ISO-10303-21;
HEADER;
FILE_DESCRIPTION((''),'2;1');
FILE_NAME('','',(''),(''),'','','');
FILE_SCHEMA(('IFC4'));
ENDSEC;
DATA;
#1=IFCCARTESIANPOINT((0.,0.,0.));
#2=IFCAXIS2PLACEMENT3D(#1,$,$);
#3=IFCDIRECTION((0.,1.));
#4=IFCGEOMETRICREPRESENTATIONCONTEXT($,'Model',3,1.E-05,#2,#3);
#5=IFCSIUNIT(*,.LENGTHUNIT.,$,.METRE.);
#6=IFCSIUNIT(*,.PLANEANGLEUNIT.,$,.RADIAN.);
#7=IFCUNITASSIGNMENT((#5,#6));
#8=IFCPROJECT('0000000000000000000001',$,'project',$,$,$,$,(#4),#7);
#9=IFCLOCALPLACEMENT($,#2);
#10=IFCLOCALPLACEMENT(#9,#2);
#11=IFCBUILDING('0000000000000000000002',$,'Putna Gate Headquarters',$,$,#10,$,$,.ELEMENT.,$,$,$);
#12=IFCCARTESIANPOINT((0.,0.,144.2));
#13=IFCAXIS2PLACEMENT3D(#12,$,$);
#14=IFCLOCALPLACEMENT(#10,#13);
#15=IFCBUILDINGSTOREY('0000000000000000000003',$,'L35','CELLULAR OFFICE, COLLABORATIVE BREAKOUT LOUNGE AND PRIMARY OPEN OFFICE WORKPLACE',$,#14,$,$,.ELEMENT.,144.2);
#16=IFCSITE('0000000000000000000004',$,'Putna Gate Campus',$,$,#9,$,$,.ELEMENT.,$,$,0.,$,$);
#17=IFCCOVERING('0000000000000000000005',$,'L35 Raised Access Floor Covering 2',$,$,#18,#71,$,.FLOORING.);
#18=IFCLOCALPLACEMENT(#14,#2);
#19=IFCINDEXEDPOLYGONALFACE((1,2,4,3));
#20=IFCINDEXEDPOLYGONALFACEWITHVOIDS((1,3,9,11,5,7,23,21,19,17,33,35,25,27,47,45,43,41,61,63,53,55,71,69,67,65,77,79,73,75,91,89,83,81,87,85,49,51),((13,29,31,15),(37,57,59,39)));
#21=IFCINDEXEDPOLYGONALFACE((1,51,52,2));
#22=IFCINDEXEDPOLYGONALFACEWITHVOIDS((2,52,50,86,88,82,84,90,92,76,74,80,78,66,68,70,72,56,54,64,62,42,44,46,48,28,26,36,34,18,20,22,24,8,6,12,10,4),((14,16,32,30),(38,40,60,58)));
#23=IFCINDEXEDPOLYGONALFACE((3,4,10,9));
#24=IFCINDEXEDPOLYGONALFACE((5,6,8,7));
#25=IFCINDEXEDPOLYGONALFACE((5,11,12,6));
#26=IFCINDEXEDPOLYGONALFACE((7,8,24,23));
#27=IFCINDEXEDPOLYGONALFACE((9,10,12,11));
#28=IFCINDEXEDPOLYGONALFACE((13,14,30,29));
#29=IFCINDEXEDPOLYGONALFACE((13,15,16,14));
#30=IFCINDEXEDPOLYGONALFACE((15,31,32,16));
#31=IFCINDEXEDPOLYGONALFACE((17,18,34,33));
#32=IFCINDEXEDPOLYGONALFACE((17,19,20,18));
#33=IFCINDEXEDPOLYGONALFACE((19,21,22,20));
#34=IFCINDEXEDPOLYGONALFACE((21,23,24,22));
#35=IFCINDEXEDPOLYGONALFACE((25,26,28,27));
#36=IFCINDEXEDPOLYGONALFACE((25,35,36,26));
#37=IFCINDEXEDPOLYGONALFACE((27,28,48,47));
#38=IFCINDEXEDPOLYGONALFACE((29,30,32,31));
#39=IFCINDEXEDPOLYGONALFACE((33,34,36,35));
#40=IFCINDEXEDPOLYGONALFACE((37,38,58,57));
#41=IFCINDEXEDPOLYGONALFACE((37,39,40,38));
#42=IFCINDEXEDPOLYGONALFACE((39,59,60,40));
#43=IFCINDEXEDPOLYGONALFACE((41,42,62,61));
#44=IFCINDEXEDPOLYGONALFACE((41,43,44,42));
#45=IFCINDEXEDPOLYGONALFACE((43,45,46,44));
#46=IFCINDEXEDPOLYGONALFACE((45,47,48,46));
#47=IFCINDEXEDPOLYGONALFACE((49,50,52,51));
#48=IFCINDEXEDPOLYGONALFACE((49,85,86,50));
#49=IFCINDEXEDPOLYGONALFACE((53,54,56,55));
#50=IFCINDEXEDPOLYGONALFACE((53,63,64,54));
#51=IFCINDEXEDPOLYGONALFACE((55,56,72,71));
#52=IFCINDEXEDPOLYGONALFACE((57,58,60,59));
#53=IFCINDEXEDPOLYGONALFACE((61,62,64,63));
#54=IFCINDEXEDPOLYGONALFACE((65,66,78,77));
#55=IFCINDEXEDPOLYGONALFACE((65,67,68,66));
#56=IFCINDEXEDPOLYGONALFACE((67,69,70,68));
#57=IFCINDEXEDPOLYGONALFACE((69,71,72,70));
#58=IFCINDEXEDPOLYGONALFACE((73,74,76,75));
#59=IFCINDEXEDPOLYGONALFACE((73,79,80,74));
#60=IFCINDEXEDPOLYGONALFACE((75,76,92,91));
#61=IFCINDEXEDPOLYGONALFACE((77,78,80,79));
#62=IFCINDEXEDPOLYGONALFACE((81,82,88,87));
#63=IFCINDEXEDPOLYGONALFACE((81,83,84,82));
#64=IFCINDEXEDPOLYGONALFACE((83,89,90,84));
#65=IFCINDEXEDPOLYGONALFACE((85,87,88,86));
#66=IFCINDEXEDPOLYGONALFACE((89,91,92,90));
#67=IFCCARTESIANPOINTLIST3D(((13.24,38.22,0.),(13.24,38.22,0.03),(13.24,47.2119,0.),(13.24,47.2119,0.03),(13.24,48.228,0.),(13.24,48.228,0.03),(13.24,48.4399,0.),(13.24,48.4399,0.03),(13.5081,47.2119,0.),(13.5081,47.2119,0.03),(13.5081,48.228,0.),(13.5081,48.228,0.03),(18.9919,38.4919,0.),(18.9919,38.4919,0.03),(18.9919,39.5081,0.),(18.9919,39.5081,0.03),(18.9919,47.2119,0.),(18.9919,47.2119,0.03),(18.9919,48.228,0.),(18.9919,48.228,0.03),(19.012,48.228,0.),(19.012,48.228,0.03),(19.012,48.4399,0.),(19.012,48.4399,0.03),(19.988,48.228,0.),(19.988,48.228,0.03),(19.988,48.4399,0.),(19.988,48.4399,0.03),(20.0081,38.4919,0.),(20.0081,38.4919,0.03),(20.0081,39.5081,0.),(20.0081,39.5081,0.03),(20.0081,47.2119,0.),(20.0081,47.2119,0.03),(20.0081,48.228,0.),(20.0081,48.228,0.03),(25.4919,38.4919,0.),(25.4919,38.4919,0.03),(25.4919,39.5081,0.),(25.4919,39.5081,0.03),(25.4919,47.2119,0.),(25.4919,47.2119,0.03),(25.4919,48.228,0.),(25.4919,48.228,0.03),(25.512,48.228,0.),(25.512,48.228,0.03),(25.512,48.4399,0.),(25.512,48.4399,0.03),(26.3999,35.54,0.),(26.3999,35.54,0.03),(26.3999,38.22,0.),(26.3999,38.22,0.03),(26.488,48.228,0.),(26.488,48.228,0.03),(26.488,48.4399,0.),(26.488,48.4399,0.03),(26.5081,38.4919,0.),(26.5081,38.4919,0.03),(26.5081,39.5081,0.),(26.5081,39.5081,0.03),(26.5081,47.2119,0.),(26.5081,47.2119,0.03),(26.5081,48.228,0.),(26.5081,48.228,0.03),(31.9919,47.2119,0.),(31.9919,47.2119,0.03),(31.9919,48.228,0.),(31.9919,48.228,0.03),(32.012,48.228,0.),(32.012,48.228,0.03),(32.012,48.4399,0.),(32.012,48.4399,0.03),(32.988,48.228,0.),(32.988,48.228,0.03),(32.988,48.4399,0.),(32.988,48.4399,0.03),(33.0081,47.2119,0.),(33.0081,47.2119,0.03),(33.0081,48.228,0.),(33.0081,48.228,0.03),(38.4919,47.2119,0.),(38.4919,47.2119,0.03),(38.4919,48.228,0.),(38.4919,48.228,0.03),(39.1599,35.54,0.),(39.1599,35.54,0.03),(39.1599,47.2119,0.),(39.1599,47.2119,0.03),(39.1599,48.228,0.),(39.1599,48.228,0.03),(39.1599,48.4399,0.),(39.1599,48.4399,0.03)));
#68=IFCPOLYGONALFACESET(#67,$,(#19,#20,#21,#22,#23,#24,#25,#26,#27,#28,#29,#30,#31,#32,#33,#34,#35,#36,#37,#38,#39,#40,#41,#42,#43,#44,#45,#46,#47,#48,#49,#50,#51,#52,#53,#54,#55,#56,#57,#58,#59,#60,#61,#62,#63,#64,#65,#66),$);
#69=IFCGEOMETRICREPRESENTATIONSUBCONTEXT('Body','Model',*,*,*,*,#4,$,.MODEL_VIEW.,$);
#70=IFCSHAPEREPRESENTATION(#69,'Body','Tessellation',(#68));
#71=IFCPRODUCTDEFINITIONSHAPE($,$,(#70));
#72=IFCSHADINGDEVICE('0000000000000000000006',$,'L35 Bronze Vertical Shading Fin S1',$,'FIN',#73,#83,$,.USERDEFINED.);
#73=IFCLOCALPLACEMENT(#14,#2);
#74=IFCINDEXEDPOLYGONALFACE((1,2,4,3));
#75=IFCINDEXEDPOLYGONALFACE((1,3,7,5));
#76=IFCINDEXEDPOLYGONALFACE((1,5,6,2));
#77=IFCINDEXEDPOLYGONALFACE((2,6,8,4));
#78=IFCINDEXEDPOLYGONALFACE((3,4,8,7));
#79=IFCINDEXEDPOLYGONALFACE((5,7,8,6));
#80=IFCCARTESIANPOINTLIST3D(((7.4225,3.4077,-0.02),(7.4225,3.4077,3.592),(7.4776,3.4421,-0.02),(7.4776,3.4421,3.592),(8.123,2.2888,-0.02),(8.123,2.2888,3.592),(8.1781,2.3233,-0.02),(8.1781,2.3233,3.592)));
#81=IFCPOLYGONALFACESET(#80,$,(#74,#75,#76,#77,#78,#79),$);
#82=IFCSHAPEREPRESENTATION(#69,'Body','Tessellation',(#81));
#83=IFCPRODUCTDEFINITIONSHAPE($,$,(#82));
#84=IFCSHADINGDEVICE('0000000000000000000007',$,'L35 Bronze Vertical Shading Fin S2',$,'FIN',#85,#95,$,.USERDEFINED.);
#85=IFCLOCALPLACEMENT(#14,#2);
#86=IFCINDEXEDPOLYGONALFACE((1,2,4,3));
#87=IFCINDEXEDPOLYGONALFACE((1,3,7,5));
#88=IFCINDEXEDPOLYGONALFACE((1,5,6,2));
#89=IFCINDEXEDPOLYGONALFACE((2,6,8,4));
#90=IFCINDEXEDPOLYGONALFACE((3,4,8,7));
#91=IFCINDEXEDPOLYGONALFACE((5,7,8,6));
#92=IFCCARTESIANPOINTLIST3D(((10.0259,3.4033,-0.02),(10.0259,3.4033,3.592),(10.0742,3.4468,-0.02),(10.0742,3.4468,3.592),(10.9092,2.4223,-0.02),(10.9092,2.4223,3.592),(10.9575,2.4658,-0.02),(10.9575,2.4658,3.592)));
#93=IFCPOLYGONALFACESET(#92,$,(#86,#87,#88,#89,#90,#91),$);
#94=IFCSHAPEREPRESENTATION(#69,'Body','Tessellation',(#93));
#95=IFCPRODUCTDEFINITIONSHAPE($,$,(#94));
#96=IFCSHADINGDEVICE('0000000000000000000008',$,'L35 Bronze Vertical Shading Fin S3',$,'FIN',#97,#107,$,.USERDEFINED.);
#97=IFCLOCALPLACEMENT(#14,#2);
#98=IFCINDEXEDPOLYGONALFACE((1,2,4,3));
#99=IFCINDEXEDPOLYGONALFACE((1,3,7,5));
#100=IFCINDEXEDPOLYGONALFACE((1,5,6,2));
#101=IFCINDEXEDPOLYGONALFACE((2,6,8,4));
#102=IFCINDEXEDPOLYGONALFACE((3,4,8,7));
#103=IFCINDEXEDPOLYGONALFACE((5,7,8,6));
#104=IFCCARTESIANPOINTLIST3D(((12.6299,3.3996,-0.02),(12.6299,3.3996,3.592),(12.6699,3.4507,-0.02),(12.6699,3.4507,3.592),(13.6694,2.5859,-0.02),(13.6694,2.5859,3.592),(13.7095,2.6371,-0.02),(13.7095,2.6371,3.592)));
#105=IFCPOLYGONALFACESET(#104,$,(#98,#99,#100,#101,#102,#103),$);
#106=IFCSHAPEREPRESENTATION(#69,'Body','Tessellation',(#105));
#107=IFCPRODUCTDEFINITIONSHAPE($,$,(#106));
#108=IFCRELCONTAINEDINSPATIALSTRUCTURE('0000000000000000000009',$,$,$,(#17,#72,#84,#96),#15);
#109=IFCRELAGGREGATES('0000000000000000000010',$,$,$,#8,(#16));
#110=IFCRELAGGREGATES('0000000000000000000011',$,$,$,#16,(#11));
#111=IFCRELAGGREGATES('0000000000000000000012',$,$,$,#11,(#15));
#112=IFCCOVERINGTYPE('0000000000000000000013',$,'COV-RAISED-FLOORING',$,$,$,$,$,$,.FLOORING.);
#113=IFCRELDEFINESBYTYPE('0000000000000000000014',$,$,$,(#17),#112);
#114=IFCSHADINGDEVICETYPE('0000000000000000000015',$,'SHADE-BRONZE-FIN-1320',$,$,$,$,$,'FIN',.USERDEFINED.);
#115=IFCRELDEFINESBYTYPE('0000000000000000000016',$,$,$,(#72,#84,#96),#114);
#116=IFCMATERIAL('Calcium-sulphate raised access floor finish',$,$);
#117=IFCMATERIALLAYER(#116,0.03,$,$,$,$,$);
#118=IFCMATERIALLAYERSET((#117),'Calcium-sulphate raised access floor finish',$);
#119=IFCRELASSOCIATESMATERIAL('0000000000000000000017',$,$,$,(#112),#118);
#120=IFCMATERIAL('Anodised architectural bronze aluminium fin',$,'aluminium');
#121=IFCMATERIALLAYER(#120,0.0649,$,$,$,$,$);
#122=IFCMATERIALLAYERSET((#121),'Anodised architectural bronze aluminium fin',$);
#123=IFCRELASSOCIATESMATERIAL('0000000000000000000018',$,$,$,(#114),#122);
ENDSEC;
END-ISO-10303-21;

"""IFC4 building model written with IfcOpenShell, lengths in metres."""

from ifc_helpers import new_model, si_unit, direction, frame, origin, origin_2d, place, context, subcontext, project, spatial, polyline, rectangle, outline, extrude, material, layer, layer_set, type_object, element, save


model = new_model("IFC4")

# Units and contexts
model_context = context("Model", 3, precision=1e-05, world=origin(), true_north=direction((0.0, 1.0)))
body_context = subcontext(model_context, "Body", "Model", "MODEL_VIEW")
ifc_project = project(units=[si_unit("LENGTHUNIT", "METRE"), si_unit("PLANEANGLEUNIT", "RADIAN")], contexts=[model_context])

# Site, building, storey
site_placement = place(None, origin())
site = spatial("IfcSite", under=ifc_project, at=site_placement, Name="Putna Gate Campus", CompositionType="ELEMENT", RefElevation=0.0)
building_placement = place(site_placement, origin())
building = spatial("IfcBuilding", under=site, at=building_placement, Name="Putna Gate Headquarters", CompositionType="ELEMENT")
storey_placement = place(building_placement, frame((0.0, 0.0, 144.2)))
storey = spatial("IfcBuildingStorey", under=building, at=storey_placement, Name="L35", Description="CELLULAR OFFICE, COLLABORATIVE BREAKOUT LOUNGE AND PRIMARY OPEN OFFICE WORKPLACE", CompositionType="ELEMENT", Elevation=144.2)

# Covering
ifc_material_1 = material(Name="Calcium-sulphate raised access floor finish")
ifc_layer_1 = layer(ifc_material_1, 0.03)
ifc_layer_set_1 = layer_set([ifc_layer_1], Name="Calcium-sulphate raised access floor finish")
covering_type_1 = type_object("IfcCoveringType", Name="COV-RAISED-FLOORING", PredefinedType="FLOORING", material=ifc_layer_set_1)
covering_1_placement = place(storey_placement, origin())
element("IfcCovering", 1, at=covering_1_placement, inside=storey, type_object=covering_type_1, Name="L35 Raised Access Floor Covering 2", PredefinedType="FLOORING", context=body_context, shape_type="SweptSolid", body=[
    extrude(outline(polyline([(13.24, 48.228), (13.5081, 48.228), (13.5081, 47.2119), (13.24, 47.2119), (13.24, 38.22), (26.3999, 38.22), (26.3999, 35.54), (39.1599, 35.54), (39.1599, 47.2119), (38.4919, 47.2119), (38.4919, 48.228), (39.1599, 48.228), (39.1599, 48.4399), (32.988, 48.4399), (32.988, 48.228), (33.0081, 48.228), (33.0081, 47.2119), (31.9919, 47.2119), (31.9919, 48.228), (32.012, 48.228), (32.012, 48.4399), (26.488, 48.4399), (26.488, 48.228), (26.5081, 48.228), (26.5081, 47.2119), (25.4919, 47.2119), (25.4919, 48.228), (25.512, 48.228), (25.512, 48.4399), (19.988, 48.4399), (19.988, 48.228), (20.0081, 48.228), (20.0081, 47.2119), (18.9919, 47.2119), (18.9919, 48.228), (19.012, 48.228), (19.012, 48.4399), (13.24, 48.4399), (13.24, 48.228)]), holes=[polyline([(20.0081, 38.4919), (20.0081, 39.5081), (18.9919, 39.5081), (18.9919, 38.4919), (20.0081, 38.4919)]), polyline([(26.5081, 38.4919), (26.5081, 39.5081), (25.4919, 39.5081), (25.4919, 38.4919), (26.5081, 38.4919)])]), origin(), (0.0, 0.0, 1.0), 0.03),
])

# Shading devices
ifc_material_2 = material(Name="Anodised architectural bronze aluminium fin", Category="aluminium")
ifc_layer_2 = layer(ifc_material_2, 0.0649)
ifc_layer_set_2 = layer_set([ifc_layer_2], Name="Anodised architectural bronze aluminium fin")
shading_device_type = type_object("IfcShadingDeviceType", Name="SHADE-BRONZE-FIN-1320", ElementType="FIN", PredefinedType="USERDEFINED", material=ifc_layer_set_2)
for number, where, z_axis, x_axis, name in (
    (2, (7.8003, 2.8655, -0.02), (0.0, 0.0, 1.0), (0.530659, -0.847585, 0.0), "L35 Bronze Vertical Shading Fin S1"),
    (3, (10.4917, 2.9346, -0.02), (0.0, 0.0, 1.0), (0.669131, -0.743145, 0.0), "L35 Bronze Vertical Shading Fin S2"),
    (4, (13.1697, 3.0183, -0.02), (0.0, 0.0, 1.0), (0.787473, -0.616349, 0.0), "L35 Bronze Vertical Shading Fin S3"),
):
    element("IfcShadingDevice", number, at=place(storey_placement, frame(where, z_axis=z_axis, x_axis=x_axis)), inside=storey, type_object=shading_device_type, Name=name, ObjectType="FIN", PredefinedType="USERDEFINED", context=body_context, shape_type="SweptSolid", body=[
        extrude(rectangle(XDim=1.3201, YDim=0.0649, at=origin_2d()), origin(), (0.0, 0.0, 1.0), 3.6121),
    ])

save(model, "model.ifc")
